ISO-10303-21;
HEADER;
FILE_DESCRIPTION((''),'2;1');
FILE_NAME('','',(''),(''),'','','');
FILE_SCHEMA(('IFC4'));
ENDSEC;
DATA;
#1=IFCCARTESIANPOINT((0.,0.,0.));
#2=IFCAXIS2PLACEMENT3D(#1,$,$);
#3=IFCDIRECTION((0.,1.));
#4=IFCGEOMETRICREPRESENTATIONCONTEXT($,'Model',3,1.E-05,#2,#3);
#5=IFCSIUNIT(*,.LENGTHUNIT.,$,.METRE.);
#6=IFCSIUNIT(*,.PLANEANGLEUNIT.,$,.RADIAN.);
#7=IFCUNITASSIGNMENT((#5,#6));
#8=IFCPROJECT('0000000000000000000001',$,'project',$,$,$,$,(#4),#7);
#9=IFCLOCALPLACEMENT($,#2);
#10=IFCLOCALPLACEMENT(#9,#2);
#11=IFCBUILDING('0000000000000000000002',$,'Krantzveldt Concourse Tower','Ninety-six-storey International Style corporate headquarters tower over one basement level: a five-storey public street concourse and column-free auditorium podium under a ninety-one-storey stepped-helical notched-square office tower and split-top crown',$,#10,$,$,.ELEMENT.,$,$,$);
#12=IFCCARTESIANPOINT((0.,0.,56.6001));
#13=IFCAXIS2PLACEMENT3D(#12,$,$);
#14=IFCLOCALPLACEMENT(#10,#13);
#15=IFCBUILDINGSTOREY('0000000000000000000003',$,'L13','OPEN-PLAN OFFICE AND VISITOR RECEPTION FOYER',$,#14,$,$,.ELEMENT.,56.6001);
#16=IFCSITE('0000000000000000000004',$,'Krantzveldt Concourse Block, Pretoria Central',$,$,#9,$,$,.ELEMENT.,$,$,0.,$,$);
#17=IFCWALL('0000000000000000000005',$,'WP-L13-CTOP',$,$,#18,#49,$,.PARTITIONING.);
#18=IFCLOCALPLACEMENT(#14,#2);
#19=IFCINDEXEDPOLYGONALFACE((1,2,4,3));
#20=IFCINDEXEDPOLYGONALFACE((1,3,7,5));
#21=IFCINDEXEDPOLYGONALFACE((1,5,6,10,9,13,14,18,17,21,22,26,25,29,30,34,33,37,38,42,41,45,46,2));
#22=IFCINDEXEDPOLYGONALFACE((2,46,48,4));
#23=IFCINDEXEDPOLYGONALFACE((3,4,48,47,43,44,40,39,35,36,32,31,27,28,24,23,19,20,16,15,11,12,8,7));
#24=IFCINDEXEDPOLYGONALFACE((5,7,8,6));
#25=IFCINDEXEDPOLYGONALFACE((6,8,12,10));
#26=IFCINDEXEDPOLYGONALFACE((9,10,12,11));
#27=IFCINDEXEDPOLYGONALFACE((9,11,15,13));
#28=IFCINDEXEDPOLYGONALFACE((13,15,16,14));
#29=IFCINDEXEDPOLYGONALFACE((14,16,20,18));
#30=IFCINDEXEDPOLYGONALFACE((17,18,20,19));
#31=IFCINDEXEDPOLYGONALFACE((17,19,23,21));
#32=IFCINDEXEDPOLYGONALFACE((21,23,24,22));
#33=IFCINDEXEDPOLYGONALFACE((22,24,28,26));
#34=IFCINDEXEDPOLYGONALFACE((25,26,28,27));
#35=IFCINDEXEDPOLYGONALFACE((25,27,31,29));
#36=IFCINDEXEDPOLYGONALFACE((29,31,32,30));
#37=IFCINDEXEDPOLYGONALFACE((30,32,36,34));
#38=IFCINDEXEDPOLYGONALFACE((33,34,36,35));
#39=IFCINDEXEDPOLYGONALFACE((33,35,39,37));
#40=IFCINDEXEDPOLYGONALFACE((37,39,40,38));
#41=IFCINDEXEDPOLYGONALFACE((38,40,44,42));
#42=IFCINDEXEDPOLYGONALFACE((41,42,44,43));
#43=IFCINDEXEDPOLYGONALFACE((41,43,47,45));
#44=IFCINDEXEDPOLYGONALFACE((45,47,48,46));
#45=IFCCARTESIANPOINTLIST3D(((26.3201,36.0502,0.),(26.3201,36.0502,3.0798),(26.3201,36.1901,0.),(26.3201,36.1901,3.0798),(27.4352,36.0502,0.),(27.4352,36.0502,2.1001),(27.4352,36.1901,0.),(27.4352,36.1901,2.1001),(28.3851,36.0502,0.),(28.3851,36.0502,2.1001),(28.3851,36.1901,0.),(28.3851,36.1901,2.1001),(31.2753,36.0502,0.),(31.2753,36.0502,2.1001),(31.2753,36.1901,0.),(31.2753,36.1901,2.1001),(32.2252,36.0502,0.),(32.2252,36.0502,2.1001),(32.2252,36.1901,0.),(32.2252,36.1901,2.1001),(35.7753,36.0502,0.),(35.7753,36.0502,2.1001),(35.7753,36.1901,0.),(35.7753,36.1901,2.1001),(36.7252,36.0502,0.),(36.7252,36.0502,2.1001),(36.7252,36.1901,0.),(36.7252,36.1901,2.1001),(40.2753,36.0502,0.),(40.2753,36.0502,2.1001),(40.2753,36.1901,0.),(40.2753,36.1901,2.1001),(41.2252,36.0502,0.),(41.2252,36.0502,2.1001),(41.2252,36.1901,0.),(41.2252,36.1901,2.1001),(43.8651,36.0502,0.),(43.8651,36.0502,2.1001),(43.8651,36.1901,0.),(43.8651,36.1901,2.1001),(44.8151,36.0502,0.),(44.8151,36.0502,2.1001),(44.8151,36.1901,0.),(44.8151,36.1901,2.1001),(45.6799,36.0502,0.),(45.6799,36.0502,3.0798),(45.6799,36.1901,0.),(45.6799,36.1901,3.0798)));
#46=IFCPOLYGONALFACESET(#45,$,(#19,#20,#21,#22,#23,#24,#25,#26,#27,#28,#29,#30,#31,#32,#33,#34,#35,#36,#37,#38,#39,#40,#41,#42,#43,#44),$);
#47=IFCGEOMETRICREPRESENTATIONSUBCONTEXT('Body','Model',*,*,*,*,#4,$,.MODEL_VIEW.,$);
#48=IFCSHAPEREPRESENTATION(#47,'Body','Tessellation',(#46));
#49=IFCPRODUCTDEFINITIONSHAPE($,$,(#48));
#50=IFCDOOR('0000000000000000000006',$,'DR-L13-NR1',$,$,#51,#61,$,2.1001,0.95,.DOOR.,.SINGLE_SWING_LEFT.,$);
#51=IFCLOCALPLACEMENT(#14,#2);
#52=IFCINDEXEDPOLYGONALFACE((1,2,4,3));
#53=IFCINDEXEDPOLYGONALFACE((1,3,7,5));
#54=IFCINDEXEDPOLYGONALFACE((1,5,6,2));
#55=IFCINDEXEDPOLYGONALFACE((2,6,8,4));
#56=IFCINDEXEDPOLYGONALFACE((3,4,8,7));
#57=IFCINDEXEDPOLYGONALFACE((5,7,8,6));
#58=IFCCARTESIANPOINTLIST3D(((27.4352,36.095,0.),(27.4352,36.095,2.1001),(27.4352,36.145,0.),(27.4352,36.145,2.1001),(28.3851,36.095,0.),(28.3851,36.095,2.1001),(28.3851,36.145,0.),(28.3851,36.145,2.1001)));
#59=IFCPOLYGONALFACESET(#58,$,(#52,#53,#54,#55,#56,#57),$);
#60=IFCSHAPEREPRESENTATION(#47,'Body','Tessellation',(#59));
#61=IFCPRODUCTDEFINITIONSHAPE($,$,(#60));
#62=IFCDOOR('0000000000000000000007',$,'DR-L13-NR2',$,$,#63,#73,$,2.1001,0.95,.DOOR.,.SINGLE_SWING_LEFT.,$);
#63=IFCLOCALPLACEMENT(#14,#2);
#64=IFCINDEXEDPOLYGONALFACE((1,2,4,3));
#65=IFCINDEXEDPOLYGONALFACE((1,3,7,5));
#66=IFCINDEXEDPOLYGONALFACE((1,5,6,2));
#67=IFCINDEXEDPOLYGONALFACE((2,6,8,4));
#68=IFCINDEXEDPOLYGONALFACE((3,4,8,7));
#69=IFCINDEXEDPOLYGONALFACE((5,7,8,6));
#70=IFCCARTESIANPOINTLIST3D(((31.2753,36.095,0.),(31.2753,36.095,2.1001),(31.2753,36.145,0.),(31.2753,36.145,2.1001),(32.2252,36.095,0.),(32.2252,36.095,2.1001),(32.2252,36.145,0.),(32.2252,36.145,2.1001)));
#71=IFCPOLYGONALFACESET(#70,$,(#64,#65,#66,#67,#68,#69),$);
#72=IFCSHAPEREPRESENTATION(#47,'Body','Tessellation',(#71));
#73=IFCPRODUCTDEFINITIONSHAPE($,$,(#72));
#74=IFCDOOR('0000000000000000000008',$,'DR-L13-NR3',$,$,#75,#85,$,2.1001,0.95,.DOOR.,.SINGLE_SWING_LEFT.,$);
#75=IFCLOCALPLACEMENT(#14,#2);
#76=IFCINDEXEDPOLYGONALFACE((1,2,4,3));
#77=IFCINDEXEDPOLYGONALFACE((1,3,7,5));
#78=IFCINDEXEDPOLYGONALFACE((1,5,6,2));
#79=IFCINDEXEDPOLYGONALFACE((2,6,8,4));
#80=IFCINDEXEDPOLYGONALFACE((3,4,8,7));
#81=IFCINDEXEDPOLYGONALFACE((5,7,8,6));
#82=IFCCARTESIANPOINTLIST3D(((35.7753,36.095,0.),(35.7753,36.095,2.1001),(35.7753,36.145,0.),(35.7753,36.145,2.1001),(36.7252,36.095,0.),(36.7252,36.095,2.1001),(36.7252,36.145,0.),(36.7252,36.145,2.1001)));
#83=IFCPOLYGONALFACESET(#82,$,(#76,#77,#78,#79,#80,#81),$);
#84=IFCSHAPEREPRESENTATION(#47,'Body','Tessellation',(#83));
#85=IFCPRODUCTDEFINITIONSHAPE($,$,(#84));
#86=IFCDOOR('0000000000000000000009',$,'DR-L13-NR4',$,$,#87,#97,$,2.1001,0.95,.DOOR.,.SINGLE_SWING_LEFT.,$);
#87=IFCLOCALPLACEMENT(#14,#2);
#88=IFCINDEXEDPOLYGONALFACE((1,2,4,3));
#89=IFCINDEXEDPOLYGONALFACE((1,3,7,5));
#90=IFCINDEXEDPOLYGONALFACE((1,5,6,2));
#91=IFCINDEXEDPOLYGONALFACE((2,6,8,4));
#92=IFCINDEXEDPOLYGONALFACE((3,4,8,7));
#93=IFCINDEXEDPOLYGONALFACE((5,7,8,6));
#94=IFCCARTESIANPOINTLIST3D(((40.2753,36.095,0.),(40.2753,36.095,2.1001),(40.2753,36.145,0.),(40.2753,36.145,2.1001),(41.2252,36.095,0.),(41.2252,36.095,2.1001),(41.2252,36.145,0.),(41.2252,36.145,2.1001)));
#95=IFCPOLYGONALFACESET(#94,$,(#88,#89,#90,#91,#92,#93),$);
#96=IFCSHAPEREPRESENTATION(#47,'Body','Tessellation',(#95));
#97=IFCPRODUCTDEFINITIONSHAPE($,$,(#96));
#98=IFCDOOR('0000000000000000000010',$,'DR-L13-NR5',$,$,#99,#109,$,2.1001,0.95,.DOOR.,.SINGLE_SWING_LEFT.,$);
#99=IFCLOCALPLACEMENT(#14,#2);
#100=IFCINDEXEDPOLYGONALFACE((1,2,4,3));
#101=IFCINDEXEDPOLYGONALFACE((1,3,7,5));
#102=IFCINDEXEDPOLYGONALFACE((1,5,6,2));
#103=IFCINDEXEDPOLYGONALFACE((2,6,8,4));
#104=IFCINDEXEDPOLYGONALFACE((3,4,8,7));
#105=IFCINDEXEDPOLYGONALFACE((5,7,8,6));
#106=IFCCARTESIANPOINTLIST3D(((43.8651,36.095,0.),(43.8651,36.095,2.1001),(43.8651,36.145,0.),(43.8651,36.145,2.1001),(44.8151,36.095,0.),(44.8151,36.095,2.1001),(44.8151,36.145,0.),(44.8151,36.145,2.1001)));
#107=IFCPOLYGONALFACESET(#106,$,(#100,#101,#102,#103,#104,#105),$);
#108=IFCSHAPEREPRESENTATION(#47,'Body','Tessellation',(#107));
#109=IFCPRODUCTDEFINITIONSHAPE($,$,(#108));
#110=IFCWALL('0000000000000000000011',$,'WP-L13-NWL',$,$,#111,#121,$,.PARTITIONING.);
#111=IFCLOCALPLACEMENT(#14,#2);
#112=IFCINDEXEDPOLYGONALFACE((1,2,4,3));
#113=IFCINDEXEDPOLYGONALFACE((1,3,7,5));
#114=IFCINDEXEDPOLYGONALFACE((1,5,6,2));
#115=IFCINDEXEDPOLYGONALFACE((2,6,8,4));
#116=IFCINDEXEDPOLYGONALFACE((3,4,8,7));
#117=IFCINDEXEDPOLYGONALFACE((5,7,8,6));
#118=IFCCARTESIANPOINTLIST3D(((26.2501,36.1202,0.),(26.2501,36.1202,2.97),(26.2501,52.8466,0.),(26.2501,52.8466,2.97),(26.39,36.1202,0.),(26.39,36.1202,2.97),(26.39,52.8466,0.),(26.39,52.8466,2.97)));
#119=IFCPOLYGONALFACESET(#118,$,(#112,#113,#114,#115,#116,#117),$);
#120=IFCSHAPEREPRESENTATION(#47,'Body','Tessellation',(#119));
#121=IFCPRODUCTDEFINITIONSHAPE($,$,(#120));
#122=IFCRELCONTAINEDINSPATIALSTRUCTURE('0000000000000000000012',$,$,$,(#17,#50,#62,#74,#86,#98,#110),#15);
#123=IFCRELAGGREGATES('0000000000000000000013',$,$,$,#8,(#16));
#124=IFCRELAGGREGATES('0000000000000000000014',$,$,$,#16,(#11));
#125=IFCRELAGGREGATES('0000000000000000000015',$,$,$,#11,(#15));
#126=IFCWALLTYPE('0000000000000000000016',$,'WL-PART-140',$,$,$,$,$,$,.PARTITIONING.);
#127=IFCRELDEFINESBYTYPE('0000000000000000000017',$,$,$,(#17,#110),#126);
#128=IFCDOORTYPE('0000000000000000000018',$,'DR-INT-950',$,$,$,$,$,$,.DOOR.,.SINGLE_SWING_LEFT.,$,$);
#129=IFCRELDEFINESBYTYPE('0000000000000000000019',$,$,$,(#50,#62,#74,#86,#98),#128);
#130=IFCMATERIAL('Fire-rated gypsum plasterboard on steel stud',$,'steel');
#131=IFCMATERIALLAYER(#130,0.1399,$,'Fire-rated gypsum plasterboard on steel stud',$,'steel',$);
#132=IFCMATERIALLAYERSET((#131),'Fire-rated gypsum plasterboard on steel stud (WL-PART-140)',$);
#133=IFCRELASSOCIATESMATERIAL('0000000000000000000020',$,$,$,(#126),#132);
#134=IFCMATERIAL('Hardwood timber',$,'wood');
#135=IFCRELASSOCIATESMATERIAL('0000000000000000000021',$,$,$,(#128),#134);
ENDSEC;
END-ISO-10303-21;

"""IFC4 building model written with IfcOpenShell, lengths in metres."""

from ifc_helpers import new_model, si_unit, direction, frame, frame_2d, origin, place, context, subcontext, project, spatial, rectangle, extrude, material, layer, layer_set, type_object, element, fill, save


model = new_model("IFC4")

# Units and contexts
model_context = context("Model", 3, precision=1e-05, world=origin(), true_north=direction((0.0, 1.0)))
body_context = subcontext(model_context, "Body", "Model", "MODEL_VIEW")
ifc_project = project(units=[si_unit("LENGTHUNIT", "METRE"), si_unit("PLANEANGLEUNIT", "RADIAN")], contexts=[model_context])

# Site, building, storey
site_placement = place(None, origin())
site = spatial("IfcSite", under=ifc_project, at=site_placement, Name="Krantzveldt Concourse Block, Pretoria Central", CompositionType="ELEMENT", RefElevation=0.0)
building_placement = place(site_placement, origin())
building = spatial("IfcBuilding", under=site, at=building_placement, Name="Krantzveldt Concourse Tower", Description="Ninety-six-storey International Style corporate headquarters tower over one basement level: a five-storey public street concourse and column-free auditorium podium under a ninety-one-storey stepped-helical notched-square office tower and split-top crown", CompositionType="ELEMENT")
storey_placement = place(building_placement, frame((0.0, 0.0, 56.6001)))
storey = spatial("IfcBuildingStorey", under=building, at=storey_placement, Name="L13", Description="OPEN-PLAN OFFICE AND VISITOR RECEPTION FOYER", CompositionType="ELEMENT", Elevation=56.6001)

# Shared definitions
ifc_material_1 = material(Name="Fire-rated gypsum plasterboard on steel stud", Category="steel")

# Wall, openings, doors
ifc_layer_1 = layer(ifc_material_1, 0.1399, Name="Fire-rated gypsum plasterboard on steel stud", Category="steel")
ifc_layer_set_1 = layer_set([ifc_layer_1], Name="Fire-rated gypsum plasterboard on steel stud (WL-PART-140)")
wall_type_1 = type_object("IfcWallType", Name="WL-PART-140", PredefinedType="PARTITIONING", material=ifc_layer_set_1)
ifc_material_2 = material(Name="Hardwood timber", Category="wood")
door_type_1 = type_object("IfcDoorType", Name="DR-INT-950", OperationType="SINGLE_SWING_LEFT", PredefinedType="DOOR", material=ifc_material_2)
wall_1_placement = place(storey_placement, frame((26.3201, 36.1201, 0.0), z_axis=(0.0, 0.0, 1.0), x_axis=(1.0, 0.0, 0.0)))
wall_1 = element("IfcWall", 1, at=wall_1_placement, inside=storey, type_object=wall_type_1, Name="WP-L13-CTOP", PredefinedType="PARTITIONING", context=body_context, shape_type="SweptSolid", body=[
    extrude(rectangle(XDim=19.3599, YDim=0.1399, at=frame_2d((9.6799, 0.0))), origin(), (0.0, 0.0, 1.0), 3.0798),
])
opening_1_placement = place(wall_1_placement, frame((1.115, 0.0, 0.0)))
opening_1 = element("IfcOpeningElement", 2, at=opening_1_placement, cuts=wall_1, PredefinedType="OPENING", context=body_context, shape_type="SweptSolid", body=[
    extrude(rectangle(XDim=0.95, YDim=2.1001, at=frame_2d((0.4751, 1.05))), frame((0.0, 0.0801, 0.0), z_axis=(0.0, -1.0, 0.0), x_axis=(1.0, 0.0, 0.0)), (0.0, 0.0, 1.0), 0.1599),
])
opening_2_placement = place(wall_1_placement, frame((4.9551, 0.0, 0.0)))
opening_2 = element("IfcOpeningElement", 3, at=opening_2_placement, cuts=wall_1, PredefinedType="OPENING", context=body_context, shape_type="SweptSolid", body=[
    extrude(rectangle(XDim=0.95, YDim=2.1001, at=frame_2d((0.4751, 1.05))), frame((0.0, 0.0801, 0.0), z_axis=(0.0, -1.0, 0.0), x_axis=(1.0, 0.0, 0.0)), (0.0, 0.0, 1.0), 0.1599),
])
opening_3_placement = place(wall_1_placement, frame((9.4551, 0.0, 0.0)))
opening_3 = element("IfcOpeningElement", 4, at=opening_3_placement, cuts=wall_1, PredefinedType="OPENING", context=body_context, shape_type="SweptSolid", body=[
    extrude(rectangle(XDim=0.95, YDim=2.1001, at=frame_2d((0.4751, 1.05))), frame((0.0, 0.0801, 0.0), z_axis=(0.0, -1.0, 0.0), x_axis=(1.0, 0.0, 0.0)), (0.0, 0.0, 1.0), 0.1599),
])
opening_4_placement = place(wall_1_placement, frame((13.9551, 0.0, 0.0)))
opening_4 = element("IfcOpeningElement", 5, at=opening_4_placement, cuts=wall_1, PredefinedType="OPENING", context=body_context, shape_type="SweptSolid", body=[
    extrude(rectangle(XDim=0.95, YDim=2.1001, at=frame_2d((0.4751, 1.05))), frame((0.0, 0.0801, 0.0), z_axis=(0.0, -1.0, 0.0), x_axis=(1.0, 0.0, 0.0)), (0.0, 0.0, 1.0), 0.1599),
])
opening_5_placement = place(wall_1_placement, frame((17.5449, 0.0, 0.0)))
opening_5 = element("IfcOpeningElement", 6, at=opening_5_placement, cuts=wall_1, PredefinedType="OPENING", context=body_context, shape_type="SweptSolid", body=[
    extrude(rectangle(XDim=0.95, YDim=2.1001, at=frame_2d((0.4751, 1.05))), frame((0.0, 0.0801, 0.0), z_axis=(0.0, -1.0, 0.0), x_axis=(1.0, 0.0, 0.0)), (0.0, 0.0, 1.0), 0.1599),
])
door_1_placement = place(opening_1_placement, origin())
door_1 = element("IfcDoor", 7, at=door_1_placement, inside=storey, type_object=door_type_1, Name="DR-L13-NR1", OperationType="SINGLE_SWING_LEFT", OverallHeight=2.1001, OverallWidth=0.95, PredefinedType="DOOR", context=body_context, shape_type="SweptSolid", body=[
    extrude(rectangle(XDim=0.95, YDim=2.1001, at=frame_2d((0.4751, 1.05))), frame((0.0, 0.0249, 0.0), z_axis=(0.0, -1.0, 0.0), x_axis=(1.0, 0.0, 0.0)), (0.0, 0.0, 1.0), 0.05),
])
fill(opening_1, door_1)
door_2_placement = place(opening_2_placement, origin())
door_2 = element("IfcDoor", 8, at=door_2_placement, inside=storey, type_object=door_type_1, Name="DR-L13-NR2", OperationType="SINGLE_SWING_LEFT", OverallHeight=2.1001, OverallWidth=0.95, PredefinedType="DOOR", context=body_context, shape_type="SweptSolid", body=[
    extrude(rectangle(XDim=0.95, YDim=2.1001, at=frame_2d((0.4751, 1.05))), frame((0.0, 0.0249, 0.0), z_axis=(0.0, -1.0, 0.0), x_axis=(1.0, 0.0, 0.0)), (0.0, 0.0, 1.0), 0.05),
])
fill(opening_2, door_2)
door_3_placement = place(opening_3_placement, origin())
door_3 = element("IfcDoor", 9, at=door_3_placement, inside=storey, type_object=door_type_1, Name="DR-L13-NR3", OperationType="SINGLE_SWING_LEFT", OverallHeight=2.1001, OverallWidth=0.95, PredefinedType="DOOR", context=body_context, shape_type="SweptSolid", body=[
    extrude(rectangle(XDim=0.95, YDim=2.1001, at=frame_2d((0.4751, 1.05))), frame((0.0, 0.0249, 0.0), z_axis=(0.0, -1.0, 0.0), x_axis=(1.0, 0.0, 0.0)), (0.0, 0.0, 1.0), 0.05),
])
fill(opening_3, door_3)
door_4_placement = place(opening_4_placement, origin())
door_4 = element("IfcDoor", 10, at=door_4_placement, inside=storey, type_object=door_type_1, Name="DR-L13-NR4", OperationType="SINGLE_SWING_LEFT", OverallHeight=2.1001, OverallWidth=0.95, PredefinedType="DOOR", context=body_context, shape_type="SweptSolid", body=[
    extrude(rectangle(XDim=0.95, YDim=2.1001, at=frame_2d((0.4751, 1.05))), frame((0.0, 0.0249, 0.0), z_axis=(0.0, -1.0, 0.0), x_axis=(1.0, 0.0, 0.0)), (0.0, 0.0, 1.0), 0.05),
])
fill(opening_4, door_4)
door_5_placement = place(opening_5_placement, origin())
door_5 = element("IfcDoor", 11, at=door_5_placement, inside=storey, type_object=door_type_1, Name="DR-L13-NR5", OperationType="SINGLE_SWING_LEFT", OverallHeight=2.1001, OverallWidth=0.95, PredefinedType="DOOR", context=body_context, shape_type="SweptSolid", body=[
    extrude(rectangle(XDim=0.95, YDim=2.1001, at=frame_2d((0.4751, 1.05))), frame((0.0, 0.0249, 0.0), z_axis=(0.0, -1.0, 0.0), x_axis=(1.0, 0.0, 0.0)), (0.0, 0.0, 1.0), 0.05),
])
fill(opening_5, door_5)

# Wall
wall_2_placement = place(storey_placement, frame((26.3201, 36.1201, 0.0), z_axis=(0.0, 0.0, 1.0), x_axis=(0.0, 1.0, 0.0)))
element("IfcWall", 12, at=wall_2_placement, inside=storey, type_object=wall_type_1, Name="WP-L13-NWL", PredefinedType="PARTITIONING", context=body_context, shape_type="SweptSolid", body=[
    extrude(rectangle(XDim=16.7263, YDim=0.1399, at=frame_2d((8.3633, 0.0))), origin(), (0.0, 0.0, 1.0), 2.97),
])

save(model, "model.ifc")
